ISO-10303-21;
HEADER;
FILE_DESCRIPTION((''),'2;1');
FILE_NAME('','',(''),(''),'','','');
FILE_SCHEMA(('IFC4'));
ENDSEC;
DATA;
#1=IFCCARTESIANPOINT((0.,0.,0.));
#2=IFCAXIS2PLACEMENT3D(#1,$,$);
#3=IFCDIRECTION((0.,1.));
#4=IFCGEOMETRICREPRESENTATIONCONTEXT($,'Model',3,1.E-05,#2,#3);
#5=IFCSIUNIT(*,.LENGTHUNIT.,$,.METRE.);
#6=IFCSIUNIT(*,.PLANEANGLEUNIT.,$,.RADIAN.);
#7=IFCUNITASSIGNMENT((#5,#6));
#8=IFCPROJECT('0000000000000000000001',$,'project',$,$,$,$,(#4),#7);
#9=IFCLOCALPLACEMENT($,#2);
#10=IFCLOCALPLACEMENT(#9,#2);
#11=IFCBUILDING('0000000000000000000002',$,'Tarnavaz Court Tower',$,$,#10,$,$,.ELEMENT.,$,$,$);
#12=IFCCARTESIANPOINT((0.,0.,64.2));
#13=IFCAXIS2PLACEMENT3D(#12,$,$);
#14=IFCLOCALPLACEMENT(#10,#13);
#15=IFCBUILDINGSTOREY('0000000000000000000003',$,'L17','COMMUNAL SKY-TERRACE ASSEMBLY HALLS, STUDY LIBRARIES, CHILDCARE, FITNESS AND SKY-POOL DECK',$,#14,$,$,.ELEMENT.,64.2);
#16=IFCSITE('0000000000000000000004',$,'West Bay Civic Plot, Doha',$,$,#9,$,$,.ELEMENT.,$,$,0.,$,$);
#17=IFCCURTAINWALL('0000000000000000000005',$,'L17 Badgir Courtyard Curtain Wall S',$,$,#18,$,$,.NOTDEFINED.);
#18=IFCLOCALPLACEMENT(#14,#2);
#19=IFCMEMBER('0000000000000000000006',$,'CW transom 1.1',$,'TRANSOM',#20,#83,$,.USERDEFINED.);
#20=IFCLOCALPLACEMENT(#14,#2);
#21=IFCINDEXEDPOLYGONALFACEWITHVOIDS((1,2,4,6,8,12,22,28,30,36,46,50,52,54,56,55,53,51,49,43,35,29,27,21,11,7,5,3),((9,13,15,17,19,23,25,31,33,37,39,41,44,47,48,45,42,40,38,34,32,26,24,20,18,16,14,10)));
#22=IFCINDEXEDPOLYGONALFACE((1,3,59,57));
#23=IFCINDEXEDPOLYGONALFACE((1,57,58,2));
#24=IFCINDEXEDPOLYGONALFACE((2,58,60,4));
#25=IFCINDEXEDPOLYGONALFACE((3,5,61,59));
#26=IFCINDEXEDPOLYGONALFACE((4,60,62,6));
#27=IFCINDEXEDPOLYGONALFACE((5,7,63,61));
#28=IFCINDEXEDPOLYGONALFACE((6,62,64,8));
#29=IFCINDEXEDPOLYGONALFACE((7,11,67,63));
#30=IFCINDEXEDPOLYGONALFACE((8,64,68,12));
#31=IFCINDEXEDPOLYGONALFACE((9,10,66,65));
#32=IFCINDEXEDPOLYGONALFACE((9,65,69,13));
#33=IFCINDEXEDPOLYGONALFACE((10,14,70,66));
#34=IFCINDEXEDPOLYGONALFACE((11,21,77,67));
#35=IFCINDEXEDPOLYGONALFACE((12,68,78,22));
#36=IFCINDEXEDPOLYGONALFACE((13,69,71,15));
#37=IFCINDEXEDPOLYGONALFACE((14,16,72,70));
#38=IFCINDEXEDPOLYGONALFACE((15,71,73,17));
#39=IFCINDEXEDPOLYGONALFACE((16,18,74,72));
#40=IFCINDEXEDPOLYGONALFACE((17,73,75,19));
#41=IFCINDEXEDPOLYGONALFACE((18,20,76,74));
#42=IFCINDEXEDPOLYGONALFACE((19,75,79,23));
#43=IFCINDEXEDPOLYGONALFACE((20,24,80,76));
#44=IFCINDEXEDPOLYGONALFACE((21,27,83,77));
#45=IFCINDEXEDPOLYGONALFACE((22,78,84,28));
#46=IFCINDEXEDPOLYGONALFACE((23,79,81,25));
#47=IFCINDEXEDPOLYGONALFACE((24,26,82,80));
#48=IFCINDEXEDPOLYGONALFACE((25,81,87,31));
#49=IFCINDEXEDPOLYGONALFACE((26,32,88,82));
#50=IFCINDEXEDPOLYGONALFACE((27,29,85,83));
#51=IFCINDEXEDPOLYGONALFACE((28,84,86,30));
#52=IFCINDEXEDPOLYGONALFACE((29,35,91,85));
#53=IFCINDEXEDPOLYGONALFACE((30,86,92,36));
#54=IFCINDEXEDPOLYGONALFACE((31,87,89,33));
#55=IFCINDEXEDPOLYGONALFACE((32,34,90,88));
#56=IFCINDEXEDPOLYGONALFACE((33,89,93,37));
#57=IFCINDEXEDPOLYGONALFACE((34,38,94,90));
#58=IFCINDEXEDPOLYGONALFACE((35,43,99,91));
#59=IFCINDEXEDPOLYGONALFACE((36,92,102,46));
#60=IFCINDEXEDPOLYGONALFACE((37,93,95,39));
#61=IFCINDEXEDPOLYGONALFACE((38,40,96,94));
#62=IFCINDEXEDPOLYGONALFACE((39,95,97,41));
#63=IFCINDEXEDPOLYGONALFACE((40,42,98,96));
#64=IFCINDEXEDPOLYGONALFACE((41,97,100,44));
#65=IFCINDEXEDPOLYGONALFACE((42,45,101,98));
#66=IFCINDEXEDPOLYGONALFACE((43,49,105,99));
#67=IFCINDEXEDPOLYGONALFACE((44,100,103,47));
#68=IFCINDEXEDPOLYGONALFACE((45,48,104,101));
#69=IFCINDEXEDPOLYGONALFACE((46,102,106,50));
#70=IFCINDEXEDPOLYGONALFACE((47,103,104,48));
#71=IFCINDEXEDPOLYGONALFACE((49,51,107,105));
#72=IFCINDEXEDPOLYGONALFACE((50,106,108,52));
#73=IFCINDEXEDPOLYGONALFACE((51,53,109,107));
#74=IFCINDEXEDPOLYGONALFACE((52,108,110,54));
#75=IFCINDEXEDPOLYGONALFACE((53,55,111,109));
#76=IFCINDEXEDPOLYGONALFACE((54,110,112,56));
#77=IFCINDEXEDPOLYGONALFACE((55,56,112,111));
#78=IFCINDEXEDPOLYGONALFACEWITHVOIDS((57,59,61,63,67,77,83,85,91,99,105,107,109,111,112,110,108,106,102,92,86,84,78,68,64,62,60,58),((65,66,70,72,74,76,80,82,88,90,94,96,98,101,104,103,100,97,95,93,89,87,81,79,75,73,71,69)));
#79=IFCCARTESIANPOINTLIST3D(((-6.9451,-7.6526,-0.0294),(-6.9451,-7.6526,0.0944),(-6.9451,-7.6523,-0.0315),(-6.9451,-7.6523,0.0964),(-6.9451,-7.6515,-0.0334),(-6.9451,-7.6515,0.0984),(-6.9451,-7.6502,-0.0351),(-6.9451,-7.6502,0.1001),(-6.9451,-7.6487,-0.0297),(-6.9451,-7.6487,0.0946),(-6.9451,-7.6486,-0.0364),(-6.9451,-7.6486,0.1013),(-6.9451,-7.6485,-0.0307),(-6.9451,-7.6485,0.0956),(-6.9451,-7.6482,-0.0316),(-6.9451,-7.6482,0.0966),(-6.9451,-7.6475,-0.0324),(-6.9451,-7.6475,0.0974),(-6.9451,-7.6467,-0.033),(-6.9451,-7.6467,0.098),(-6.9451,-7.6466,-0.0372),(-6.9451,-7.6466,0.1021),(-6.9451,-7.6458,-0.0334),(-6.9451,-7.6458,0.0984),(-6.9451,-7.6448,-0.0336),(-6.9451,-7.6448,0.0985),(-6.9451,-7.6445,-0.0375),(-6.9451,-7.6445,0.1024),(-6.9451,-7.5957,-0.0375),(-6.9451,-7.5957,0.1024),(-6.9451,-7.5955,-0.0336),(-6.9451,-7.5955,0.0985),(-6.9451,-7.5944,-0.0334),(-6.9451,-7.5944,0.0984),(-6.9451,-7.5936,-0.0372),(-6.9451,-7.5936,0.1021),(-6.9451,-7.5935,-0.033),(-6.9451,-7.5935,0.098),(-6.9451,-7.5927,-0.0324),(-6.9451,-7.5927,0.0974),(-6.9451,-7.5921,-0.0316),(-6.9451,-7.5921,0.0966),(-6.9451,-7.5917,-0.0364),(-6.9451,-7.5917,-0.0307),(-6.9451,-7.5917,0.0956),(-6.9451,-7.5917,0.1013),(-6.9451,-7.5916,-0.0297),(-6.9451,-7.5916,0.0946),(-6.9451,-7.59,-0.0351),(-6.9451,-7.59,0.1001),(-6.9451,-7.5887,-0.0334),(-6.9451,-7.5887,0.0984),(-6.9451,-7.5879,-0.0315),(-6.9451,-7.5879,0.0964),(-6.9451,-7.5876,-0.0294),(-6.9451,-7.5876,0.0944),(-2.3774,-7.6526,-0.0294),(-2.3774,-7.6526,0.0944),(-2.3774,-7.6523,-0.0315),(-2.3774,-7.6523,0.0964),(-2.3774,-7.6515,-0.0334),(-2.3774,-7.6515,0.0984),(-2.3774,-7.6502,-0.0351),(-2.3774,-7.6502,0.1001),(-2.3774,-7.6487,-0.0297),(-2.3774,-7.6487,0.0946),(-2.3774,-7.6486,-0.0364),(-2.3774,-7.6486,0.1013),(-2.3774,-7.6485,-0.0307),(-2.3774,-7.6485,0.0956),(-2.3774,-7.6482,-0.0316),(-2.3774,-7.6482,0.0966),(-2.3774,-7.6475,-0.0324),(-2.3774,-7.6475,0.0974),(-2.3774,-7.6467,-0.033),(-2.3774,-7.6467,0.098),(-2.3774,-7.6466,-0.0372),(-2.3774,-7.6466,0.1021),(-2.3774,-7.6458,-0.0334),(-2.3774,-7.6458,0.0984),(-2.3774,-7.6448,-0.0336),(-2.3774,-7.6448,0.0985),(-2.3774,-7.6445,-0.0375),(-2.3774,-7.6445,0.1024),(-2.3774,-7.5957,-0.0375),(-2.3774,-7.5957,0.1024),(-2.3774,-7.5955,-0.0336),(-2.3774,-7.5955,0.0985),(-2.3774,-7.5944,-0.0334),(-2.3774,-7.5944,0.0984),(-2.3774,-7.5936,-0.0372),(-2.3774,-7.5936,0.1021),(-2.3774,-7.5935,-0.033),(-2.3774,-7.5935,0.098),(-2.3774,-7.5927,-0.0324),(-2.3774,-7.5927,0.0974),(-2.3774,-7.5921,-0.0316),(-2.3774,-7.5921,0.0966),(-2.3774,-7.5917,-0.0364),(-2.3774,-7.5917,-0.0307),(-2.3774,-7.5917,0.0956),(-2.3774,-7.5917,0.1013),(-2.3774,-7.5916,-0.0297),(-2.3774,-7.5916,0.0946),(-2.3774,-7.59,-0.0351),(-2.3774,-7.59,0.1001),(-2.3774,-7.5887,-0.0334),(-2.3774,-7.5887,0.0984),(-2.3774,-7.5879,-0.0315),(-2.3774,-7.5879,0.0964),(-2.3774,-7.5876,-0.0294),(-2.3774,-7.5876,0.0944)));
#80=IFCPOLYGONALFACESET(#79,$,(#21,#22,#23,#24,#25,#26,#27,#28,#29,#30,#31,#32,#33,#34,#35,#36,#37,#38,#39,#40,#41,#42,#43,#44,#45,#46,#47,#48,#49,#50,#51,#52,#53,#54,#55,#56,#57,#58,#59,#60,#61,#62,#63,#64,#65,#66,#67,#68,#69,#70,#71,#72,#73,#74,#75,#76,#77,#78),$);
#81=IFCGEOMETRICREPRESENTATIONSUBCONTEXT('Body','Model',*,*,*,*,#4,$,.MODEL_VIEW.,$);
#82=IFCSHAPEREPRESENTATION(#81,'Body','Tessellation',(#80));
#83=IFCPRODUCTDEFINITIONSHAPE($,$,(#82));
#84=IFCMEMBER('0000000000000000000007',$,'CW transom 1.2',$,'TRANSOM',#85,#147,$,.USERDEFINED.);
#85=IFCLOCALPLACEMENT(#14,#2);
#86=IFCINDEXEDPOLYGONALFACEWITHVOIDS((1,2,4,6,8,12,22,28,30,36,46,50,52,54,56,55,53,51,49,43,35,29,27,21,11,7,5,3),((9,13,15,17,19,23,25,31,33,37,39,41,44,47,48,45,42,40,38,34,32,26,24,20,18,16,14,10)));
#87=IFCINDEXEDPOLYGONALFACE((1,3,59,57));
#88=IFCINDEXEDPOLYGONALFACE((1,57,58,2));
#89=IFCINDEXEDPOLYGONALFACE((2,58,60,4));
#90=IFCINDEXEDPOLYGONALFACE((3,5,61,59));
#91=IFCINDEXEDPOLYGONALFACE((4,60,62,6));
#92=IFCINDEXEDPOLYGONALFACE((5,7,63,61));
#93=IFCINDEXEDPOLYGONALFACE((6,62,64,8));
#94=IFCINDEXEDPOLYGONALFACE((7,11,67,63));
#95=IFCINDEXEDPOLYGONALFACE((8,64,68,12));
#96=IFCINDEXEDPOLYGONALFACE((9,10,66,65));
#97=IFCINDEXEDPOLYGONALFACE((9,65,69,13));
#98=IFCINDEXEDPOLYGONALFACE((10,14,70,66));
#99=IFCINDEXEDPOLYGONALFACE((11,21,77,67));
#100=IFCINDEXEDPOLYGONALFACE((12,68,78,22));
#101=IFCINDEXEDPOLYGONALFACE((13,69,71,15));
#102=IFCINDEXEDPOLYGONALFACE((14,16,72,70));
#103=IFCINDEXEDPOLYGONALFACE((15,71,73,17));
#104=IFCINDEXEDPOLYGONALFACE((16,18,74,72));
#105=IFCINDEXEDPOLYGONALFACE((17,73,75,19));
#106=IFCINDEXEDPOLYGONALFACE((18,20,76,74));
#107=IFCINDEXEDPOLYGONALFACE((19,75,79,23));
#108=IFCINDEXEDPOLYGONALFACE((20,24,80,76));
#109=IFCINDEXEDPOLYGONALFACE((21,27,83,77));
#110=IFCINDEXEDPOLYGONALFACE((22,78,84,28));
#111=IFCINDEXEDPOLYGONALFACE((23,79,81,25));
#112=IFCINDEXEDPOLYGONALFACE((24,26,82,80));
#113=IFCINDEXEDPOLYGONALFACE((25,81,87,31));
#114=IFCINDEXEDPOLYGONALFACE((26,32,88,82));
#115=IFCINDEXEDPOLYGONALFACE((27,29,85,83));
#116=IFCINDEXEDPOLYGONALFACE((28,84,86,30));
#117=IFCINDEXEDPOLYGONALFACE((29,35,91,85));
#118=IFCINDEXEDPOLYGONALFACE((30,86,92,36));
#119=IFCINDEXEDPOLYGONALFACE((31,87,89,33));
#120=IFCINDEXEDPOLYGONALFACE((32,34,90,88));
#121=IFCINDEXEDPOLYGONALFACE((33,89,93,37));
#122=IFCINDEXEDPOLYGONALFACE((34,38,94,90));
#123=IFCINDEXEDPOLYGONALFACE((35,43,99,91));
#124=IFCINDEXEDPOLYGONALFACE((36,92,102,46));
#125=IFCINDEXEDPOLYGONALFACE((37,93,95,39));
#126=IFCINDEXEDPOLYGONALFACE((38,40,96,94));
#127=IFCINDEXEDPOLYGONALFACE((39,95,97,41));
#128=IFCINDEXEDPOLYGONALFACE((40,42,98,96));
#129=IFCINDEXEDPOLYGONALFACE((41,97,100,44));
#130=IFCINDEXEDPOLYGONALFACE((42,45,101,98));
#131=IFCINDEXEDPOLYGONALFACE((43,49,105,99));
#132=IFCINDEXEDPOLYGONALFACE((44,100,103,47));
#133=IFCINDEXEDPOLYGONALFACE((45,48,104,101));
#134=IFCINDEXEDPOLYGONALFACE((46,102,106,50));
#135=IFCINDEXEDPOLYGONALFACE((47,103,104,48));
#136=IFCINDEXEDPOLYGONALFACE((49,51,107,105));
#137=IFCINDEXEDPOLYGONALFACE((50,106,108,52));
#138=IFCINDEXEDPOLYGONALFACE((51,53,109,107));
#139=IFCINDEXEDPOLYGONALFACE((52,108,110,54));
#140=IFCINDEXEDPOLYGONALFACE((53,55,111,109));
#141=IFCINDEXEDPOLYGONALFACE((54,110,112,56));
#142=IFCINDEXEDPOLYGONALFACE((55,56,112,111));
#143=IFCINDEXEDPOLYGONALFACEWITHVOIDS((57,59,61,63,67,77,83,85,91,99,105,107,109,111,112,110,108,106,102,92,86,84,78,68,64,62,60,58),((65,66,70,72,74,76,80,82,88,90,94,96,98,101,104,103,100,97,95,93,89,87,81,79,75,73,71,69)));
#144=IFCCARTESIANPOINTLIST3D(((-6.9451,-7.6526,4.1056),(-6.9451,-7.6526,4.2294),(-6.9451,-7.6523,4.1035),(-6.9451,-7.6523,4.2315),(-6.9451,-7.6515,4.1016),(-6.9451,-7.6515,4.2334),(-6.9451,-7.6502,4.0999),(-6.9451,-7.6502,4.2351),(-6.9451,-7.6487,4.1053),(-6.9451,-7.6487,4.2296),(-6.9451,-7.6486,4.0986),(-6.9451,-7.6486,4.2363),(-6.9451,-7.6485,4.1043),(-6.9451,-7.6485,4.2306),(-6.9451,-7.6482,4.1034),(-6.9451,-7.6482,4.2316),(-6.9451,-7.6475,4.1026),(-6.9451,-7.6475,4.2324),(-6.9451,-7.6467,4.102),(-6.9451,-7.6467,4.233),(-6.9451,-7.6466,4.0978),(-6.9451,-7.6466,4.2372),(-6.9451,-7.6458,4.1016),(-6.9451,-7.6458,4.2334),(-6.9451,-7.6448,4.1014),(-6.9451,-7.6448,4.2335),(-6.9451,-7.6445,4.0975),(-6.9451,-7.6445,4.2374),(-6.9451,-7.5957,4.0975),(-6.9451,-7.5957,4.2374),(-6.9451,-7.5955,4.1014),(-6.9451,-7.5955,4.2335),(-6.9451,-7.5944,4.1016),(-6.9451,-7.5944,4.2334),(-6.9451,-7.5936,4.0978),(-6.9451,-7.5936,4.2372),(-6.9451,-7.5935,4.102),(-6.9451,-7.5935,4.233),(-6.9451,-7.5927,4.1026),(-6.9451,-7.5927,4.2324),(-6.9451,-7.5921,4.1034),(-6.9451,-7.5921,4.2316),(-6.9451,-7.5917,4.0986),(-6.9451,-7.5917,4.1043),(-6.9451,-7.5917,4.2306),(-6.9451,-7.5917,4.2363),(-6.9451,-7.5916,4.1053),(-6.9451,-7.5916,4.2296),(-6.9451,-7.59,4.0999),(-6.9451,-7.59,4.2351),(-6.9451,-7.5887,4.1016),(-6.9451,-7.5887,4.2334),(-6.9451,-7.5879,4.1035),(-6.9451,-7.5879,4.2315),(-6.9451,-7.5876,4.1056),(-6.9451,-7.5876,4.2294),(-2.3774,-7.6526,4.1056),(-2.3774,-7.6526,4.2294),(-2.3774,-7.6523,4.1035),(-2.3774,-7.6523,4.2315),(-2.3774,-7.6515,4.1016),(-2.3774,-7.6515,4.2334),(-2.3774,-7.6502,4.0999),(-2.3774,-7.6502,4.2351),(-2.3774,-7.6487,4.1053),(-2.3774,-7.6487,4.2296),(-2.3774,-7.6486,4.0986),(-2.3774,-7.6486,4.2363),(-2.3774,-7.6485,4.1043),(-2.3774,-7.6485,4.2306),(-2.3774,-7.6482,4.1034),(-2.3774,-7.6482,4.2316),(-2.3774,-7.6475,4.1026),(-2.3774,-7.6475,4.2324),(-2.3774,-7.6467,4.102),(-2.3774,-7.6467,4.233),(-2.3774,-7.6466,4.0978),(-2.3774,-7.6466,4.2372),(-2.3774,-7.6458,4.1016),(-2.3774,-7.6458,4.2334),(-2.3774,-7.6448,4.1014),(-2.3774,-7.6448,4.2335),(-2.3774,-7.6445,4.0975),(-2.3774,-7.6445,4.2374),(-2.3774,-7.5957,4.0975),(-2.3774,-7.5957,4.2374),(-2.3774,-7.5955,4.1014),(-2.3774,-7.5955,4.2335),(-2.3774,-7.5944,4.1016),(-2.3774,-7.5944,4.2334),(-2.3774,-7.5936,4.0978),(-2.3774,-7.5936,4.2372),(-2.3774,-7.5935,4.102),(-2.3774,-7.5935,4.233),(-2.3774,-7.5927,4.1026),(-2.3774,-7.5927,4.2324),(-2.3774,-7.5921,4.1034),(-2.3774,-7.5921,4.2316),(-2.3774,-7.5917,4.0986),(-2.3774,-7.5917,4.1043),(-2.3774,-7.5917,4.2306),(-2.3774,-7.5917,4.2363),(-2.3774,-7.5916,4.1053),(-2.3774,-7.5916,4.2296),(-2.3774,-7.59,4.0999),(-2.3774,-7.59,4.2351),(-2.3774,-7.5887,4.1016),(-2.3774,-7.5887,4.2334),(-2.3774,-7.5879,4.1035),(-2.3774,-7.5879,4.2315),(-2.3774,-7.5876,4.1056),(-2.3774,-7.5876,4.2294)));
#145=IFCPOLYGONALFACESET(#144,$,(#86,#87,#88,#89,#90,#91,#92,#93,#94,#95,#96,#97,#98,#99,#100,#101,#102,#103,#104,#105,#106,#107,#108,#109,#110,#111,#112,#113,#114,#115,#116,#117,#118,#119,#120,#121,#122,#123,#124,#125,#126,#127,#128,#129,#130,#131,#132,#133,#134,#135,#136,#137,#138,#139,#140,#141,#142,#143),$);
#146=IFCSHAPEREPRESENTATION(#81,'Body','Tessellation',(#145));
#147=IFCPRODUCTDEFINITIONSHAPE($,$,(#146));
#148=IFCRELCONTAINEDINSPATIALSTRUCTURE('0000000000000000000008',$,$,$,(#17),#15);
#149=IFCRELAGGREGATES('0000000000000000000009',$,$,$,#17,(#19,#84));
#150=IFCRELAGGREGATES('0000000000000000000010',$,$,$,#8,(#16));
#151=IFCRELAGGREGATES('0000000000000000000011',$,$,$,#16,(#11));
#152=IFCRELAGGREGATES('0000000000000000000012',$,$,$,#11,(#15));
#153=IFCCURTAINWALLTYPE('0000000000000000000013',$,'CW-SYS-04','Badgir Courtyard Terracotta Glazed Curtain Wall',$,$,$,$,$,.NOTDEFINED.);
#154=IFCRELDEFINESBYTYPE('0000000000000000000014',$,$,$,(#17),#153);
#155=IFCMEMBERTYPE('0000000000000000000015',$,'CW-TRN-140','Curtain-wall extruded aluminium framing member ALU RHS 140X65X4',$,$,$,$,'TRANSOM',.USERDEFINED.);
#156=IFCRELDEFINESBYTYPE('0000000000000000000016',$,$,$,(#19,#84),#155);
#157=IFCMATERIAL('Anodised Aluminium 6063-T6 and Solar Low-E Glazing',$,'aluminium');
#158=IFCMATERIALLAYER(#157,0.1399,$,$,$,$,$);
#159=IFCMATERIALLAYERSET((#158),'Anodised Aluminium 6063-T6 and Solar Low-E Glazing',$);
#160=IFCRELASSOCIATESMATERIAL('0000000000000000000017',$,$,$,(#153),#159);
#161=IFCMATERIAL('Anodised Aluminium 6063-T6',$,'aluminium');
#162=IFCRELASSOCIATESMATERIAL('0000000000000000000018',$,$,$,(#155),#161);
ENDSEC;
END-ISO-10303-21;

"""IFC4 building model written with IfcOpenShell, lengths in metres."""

from ifc_helpers import new_model, si_unit, direction, frame, origin, origin_2d, place, context, subcontext, project, spatial, hollow_rectangle, extrude, material, layer, layer_set, material_profile, profile_set, type_object, element, aggregate, save


model = new_model("IFC4")

# Units and contexts
model_context = context("Model", 3, precision=1e-05, world=origin(), true_north=direction((0.0, 1.0)))
body_context = subcontext(model_context, "Body", "Model", "MODEL_VIEW")
ifc_project = project(units=[si_unit("LENGTHUNIT", "METRE"), si_unit("PLANEANGLEUNIT", "RADIAN")], contexts=[model_context])

# Site, building, storey
site_placement = place(None, origin())
site = spatial("IfcSite", under=ifc_project, at=site_placement, Name="West Bay Civic Plot, Doha", CompositionType="ELEMENT", RefElevation=0.0)
building_placement = place(site_placement, origin())
building = spatial("IfcBuilding", under=site, at=building_placement, Name="Tarnavaz Court Tower", CompositionType="ELEMENT")
storey_placement = place(building_placement, frame((0.0, 0.0, 64.2)))
storey = spatial("IfcBuildingStorey", under=building, at=storey_placement, Name="L17", Description="COMMUNAL SKY-TERRACE ASSEMBLY HALLS, STUDY LIBRARIES, CHILDCARE, FITNESS AND SKY-POOL DECK", CompositionType="ELEMENT", Elevation=64.2)

# Curtain wall, members
ifc_material_1 = material(Name="Anodised Aluminium 6063-T6 and Solar Low-E Glazing", Category="aluminium")
ifc_layer_1 = layer(ifc_material_1, 0.1399)
ifc_layer_set_1 = layer_set([ifc_layer_1], Name="Anodised Aluminium 6063-T6 and Solar Low-E Glazing")
curtain_wall_type = type_object("IfcCurtainWallType", Name="CW-SYS-04", Description="Badgir Courtyard Terracotta Glazed Curtain Wall", PredefinedType="NOTDEFINED", material=ifc_layer_set_1)
curtain_wall_placement = place(storey_placement, origin())
curtain_wall = element("IfcCurtainWall", 1, at=curtain_wall_placement, inside=storey, type_object=curtain_wall_type, Name="L17 Badgir Courtyard Curtain Wall S", PredefinedType="NOTDEFINED")
ifc_material_2 = material(Name="Anodised Aluminium 6063-T6", Category="aluminium")
ifc_material_profile_1 = material_profile(ifc_material_2, hollow_rectangle(XDim=0.0649, YDim=0.1399, WallThickness=0.0039, InnerFilletRadius=0.0039, OuterFilletRadius=0.0081, at=origin_2d()), Name="ALU RHS 140X65X4")
ifc_profile_set_1 = profile_set([ifc_material_profile_1], Name="Anodised Aluminium 6063-T6")
member_type_1 = type_object("IfcMemberType", Name="CW-TRN-140", Description="Curtain-wall extruded aluminium framing member ALU RHS 140X65X4", ElementType="TRANSOM", PredefinedType="USERDEFINED", material=ifc_profile_set_1)
member_1_placement = place(storey_placement, frame((-6.9451, -7.6201, 0.0325), z_axis=(1.0, 0.0, 0.0), x_axis=(0.0, 1.0, 0.0)))
member_1 = element("IfcMember", 2, at=member_1_placement, type_object=member_type_1, Name="CW transom 1.1", ObjectType="TRANSOM", PredefinedType="USERDEFINED", context=body_context, shape_type="SweptSolid", body=[
    extrude(hollow_rectangle(XDim=0.0649, YDim=0.1399, WallThickness=0.0039, InnerFilletRadius=0.0039, OuterFilletRadius=0.0081, at=origin_2d()), origin(), (0.0, 0.0, 1.0), 4.5676),
])
member_2_placement = place(storey_placement, frame((-6.9451, -7.6201, 4.1675), z_axis=(1.0, 0.0, 0.0), x_axis=(0.0, 1.0, 0.0)))
member_2 = element("IfcMember", 3, at=member_2_placement, type_object=member_type_1, Name="CW transom 1.2", ObjectType="TRANSOM", PredefinedType="USERDEFINED", context=body_context, shape_type="SweptSolid", body=[
    extrude(hollow_rectangle(XDim=0.0649, YDim=0.1399, WallThickness=0.0039, InnerFilletRadius=0.0039, OuterFilletRadius=0.0081, at=origin_2d()), origin(), (0.0, 0.0, 1.0), 4.5676),
])
aggregate(curtain_wall, [member_1, member_2])

save(model, "model.ifc")
